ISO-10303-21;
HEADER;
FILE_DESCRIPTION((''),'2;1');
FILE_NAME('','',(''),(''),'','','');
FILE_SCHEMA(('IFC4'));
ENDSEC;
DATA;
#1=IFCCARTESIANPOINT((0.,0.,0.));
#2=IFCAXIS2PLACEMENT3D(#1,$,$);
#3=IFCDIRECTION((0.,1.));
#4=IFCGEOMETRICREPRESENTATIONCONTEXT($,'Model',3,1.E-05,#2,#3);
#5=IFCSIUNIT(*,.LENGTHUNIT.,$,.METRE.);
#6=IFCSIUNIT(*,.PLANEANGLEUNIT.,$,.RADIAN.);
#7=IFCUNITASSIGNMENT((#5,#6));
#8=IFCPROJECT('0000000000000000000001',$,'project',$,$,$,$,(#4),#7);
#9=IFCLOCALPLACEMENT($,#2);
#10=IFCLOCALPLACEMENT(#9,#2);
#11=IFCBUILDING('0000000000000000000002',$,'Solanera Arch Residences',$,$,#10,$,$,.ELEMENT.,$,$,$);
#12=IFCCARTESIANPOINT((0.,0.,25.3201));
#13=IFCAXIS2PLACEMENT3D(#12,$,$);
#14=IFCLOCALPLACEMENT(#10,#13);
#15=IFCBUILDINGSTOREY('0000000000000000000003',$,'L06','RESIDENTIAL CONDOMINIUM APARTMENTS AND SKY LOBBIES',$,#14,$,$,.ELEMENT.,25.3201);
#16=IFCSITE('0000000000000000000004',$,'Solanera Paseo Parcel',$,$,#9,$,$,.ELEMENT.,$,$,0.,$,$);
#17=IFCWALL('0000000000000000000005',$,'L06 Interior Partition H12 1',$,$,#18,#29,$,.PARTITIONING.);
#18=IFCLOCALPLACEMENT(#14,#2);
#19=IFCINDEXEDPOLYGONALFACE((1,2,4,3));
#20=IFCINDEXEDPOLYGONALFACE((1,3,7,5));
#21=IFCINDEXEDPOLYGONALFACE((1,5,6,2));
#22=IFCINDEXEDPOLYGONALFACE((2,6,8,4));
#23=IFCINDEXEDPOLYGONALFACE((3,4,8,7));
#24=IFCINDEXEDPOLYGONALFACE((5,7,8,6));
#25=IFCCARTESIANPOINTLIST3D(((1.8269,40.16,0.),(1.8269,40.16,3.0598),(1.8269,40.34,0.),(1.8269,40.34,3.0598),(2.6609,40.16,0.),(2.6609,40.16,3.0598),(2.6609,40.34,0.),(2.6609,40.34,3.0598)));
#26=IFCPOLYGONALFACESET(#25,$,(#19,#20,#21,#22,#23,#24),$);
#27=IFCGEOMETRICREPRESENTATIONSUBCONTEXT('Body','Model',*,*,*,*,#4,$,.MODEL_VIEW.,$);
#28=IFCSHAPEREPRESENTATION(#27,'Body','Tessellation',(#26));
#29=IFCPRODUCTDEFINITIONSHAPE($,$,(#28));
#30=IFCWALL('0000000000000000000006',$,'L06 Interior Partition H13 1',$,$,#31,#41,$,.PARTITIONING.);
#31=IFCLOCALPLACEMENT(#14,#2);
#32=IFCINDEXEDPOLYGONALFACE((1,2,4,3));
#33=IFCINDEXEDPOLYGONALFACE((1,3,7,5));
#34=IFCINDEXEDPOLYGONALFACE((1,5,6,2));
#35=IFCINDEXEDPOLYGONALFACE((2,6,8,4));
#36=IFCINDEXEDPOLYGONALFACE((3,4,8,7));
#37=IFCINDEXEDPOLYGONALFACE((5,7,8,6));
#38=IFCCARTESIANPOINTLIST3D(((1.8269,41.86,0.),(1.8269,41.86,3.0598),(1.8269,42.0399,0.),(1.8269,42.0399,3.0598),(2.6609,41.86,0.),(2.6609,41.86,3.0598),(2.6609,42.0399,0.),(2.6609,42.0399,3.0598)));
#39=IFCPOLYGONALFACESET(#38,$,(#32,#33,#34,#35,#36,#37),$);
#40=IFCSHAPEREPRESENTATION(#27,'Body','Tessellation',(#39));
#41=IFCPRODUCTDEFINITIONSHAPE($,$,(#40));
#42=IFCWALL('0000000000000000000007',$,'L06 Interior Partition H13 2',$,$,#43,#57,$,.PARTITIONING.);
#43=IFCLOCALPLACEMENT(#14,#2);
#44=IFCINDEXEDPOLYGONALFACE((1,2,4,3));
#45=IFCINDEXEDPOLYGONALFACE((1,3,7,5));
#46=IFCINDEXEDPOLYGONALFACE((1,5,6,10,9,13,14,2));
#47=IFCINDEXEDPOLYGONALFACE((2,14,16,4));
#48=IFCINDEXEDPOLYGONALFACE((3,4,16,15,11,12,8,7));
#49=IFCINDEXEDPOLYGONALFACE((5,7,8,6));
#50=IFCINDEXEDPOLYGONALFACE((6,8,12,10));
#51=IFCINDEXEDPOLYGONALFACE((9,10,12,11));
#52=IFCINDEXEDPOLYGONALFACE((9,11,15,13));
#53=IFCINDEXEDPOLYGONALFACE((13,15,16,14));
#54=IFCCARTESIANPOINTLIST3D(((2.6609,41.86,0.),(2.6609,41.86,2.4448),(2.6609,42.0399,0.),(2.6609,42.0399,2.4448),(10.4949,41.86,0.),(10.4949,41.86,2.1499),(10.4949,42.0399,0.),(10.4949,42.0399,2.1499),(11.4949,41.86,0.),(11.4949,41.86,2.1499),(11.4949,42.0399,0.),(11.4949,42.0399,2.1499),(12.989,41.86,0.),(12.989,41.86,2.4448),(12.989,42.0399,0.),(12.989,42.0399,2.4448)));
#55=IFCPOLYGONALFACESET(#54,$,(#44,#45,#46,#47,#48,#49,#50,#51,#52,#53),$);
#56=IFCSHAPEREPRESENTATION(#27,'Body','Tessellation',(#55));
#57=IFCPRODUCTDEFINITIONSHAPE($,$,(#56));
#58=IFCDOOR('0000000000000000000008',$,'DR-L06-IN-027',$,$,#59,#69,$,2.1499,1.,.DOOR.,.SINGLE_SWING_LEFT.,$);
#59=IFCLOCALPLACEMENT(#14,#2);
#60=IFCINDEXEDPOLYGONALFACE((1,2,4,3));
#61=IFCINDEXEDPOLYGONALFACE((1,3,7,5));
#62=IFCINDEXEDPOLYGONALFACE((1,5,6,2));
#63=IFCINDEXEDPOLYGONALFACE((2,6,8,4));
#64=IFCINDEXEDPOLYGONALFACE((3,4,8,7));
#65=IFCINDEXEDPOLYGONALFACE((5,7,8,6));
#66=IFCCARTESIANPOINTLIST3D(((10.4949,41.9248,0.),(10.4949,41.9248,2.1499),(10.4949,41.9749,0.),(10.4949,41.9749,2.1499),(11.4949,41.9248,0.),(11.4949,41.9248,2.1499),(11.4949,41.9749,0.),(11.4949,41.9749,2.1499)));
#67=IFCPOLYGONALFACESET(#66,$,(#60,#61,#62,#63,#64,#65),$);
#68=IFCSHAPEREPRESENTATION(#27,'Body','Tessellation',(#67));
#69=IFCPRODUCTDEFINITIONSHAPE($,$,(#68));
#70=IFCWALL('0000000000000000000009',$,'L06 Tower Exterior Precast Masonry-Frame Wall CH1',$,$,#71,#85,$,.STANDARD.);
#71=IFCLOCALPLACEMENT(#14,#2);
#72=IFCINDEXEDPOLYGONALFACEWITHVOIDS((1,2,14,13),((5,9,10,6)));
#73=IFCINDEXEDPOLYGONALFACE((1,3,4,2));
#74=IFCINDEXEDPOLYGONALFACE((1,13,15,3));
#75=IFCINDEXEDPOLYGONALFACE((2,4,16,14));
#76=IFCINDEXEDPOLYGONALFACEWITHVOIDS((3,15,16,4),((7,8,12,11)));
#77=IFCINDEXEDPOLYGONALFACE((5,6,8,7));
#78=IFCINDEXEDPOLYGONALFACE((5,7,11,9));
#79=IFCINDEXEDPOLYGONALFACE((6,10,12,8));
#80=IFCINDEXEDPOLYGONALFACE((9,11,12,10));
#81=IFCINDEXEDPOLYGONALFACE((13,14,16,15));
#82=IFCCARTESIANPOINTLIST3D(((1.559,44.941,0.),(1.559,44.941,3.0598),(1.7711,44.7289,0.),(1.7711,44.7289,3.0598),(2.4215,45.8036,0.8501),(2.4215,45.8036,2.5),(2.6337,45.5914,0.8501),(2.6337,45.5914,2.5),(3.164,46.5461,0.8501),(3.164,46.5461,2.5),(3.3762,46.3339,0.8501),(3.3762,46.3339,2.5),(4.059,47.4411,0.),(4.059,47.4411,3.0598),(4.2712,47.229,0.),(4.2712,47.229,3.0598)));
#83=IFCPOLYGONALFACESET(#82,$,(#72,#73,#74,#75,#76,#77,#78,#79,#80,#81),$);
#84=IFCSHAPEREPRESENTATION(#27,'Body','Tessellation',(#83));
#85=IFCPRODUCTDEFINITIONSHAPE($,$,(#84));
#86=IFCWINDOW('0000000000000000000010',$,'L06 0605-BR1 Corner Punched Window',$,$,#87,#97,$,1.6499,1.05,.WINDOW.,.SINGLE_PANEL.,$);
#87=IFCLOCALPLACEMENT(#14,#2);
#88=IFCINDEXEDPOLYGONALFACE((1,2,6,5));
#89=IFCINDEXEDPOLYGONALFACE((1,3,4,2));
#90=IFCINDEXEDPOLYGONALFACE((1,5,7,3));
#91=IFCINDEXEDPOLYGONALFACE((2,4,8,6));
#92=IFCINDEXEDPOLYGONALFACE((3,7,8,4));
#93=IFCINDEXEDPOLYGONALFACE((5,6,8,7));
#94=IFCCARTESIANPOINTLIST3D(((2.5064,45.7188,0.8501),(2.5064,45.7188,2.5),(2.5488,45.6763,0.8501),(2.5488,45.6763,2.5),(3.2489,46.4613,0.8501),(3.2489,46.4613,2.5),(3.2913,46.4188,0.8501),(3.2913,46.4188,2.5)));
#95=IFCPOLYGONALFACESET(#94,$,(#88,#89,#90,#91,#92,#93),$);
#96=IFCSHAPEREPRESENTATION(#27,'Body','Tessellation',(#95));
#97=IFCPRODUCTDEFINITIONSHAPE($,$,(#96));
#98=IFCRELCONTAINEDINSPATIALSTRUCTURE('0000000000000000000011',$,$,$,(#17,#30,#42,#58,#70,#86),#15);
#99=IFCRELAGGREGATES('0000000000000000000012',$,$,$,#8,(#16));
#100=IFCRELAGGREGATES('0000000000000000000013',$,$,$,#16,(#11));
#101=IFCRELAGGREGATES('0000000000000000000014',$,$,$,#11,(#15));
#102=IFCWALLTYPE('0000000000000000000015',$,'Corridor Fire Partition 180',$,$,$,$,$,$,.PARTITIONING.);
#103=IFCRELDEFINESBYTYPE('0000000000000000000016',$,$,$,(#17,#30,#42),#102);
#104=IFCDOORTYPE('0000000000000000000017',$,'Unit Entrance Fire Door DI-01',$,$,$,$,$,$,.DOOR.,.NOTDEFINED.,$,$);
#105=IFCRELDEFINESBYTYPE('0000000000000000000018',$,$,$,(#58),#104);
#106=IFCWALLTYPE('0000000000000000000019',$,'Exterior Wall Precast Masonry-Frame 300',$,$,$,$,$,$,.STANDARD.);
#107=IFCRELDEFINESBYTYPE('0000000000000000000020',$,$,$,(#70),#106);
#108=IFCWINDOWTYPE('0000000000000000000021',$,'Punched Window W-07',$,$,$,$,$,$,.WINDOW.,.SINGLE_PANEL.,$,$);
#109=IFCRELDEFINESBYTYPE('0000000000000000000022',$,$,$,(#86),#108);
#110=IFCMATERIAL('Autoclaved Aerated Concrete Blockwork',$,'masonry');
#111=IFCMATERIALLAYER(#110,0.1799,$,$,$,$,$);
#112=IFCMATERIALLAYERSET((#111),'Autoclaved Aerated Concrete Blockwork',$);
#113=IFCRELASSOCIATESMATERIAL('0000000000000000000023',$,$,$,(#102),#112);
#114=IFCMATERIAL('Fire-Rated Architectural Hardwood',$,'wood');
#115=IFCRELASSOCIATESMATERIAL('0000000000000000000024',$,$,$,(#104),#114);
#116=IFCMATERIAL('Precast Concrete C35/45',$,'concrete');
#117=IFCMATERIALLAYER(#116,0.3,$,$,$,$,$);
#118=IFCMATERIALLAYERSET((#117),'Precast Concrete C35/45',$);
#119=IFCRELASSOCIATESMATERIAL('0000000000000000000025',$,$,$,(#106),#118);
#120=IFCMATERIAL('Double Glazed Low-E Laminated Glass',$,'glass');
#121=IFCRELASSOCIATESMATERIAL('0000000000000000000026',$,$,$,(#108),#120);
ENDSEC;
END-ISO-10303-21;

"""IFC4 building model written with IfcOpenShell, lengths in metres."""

from ifc_helpers import new_model, si_unit, direction, frame, frame_2d, origin, place, context, subcontext, project, spatial, rectangle, extrude, material, layer, layer_set, type_object, element, fill, save


model = new_model("IFC4")

# Units and contexts
model_context = context("Model", 3, precision=1e-05, world=origin(), true_north=direction((0.0, 1.0)))
body_context = subcontext(model_context, "Body", "Model", "MODEL_VIEW")
ifc_project = project(units=[si_unit("LENGTHUNIT", "METRE"), si_unit("PLANEANGLEUNIT", "RADIAN")], contexts=[model_context])

# Site, building, storey
site_placement = place(None, origin())
site = spatial("IfcSite", under=ifc_project, at=site_placement, Name="Solanera Paseo Parcel", CompositionType="ELEMENT", RefElevation=0.0)
building_placement = place(site_placement, origin())
building = spatial("IfcBuilding", under=site, at=building_placement, Name="Solanera Arch Residences", CompositionType="ELEMENT")
storey_placement = place(building_placement, frame((0.0, 0.0, 25.3201)))
storey = spatial("IfcBuildingStorey", under=building, at=storey_placement, Name="L06", Description="RESIDENTIAL CONDOMINIUM APARTMENTS AND SKY LOBBIES", CompositionType="ELEMENT", Elevation=25.3201)

# Wall
ifc_material_1 = material(Name="Autoclaved Aerated Concrete Blockwork", Category="masonry")
ifc_layer_1 = layer(ifc_material_1, 0.1799)
ifc_layer_set_1 = layer_set([ifc_layer_1], Name="Autoclaved Aerated Concrete Blockwork")
wall_type_1 = type_object("IfcWallType", Name="Corridor Fire Partition 180", PredefinedType="PARTITIONING", material=ifc_layer_set_1)
wall_1_placement = place(storey_placement, frame((1.8269, 40.25, 0.0), z_axis=(0.0, 0.0, 1.0), x_axis=(1.0, 0.0, 0.0)))
element("IfcWall", 1, at=wall_1_placement, inside=storey, type_object=wall_type_1, Name="L06 Interior Partition H12 1", PredefinedType="PARTITIONING", context=body_context, shape_type="SweptSolid", body=[
    extrude(rectangle(XDim=0.834, YDim=0.1799, at=frame_2d((0.417, 0.0))), origin(), (0.0, 0.0, 1.0), 3.0598),
])

# Wall
wall_2_placement = place(storey_placement, frame((1.8269, 41.95, 0.0), z_axis=(0.0, 0.0, 1.0), x_axis=(1.0, 0.0, 0.0)))
element("IfcWall", 2, at=wall_2_placement, inside=storey, type_object=wall_type_1, Name="L06 Interior Partition H13 1", PredefinedType="PARTITIONING", context=body_context, shape_type="SweptSolid", body=[
    extrude(rectangle(XDim=0.834, YDim=0.1799, at=frame_2d((0.417, 0.0))), origin(), (0.0, 0.0, 1.0), 3.0598),
])

# Wall, opening, door
wall_3_placement = place(storey_placement, frame((2.6609, 41.95, 0.0), z_axis=(0.0, 0.0, 1.0), x_axis=(1.0, 0.0, 0.0)))
wall_3 = element("IfcWall", 3, at=wall_3_placement, inside=storey, type_object=wall_type_1, Name="L06 Interior Partition H13 2", PredefinedType="PARTITIONING", context=body_context, shape_type="SweptSolid", body=[
    extrude(rectangle(XDim=10.3281, YDim=0.1799, at=frame_2d((5.1641, 0.0))), origin(), (0.0, 0.0, 1.0), 2.4448),
])
opening_1_placement = place(wall_3_placement, frame((7.834, 0.0, 0.0)))
opening_1 = element("IfcOpeningElement", 4, at=opening_1_placement, cuts=wall_3, PredefinedType="OPENING", context=body_context, shape_type="SweptSolid", body=[
    extrude(rectangle(XDim=1.0, YDim=2.1499, at=frame_2d((0.5, 1.075))), frame((0.0, 0.1001, 0.0), z_axis=(0.0, -1.0, 0.0), x_axis=(1.0, 0.0, 0.0)), (0.0, 0.0, 1.0), 0.1999),
])
ifc_material_2 = material(Name="Fire-Rated Architectural Hardwood", Category="wood")
door_type_1 = type_object("IfcDoorType", Name="Unit Entrance Fire Door DI-01", OperationType="NOTDEFINED", PredefinedType="DOOR", material=ifc_material_2)
door_1_placement = place(opening_1_placement, origin())
door_1 = element("IfcDoor", 5, at=door_1_placement, inside=storey, type_object=door_type_1, Name="DR-L06-IN-027", OperationType="SINGLE_SWING_LEFT", OverallHeight=2.1499, OverallWidth=1.0, PredefinedType="DOOR", context=body_context, shape_type="SweptSolid", body=[
    extrude(rectangle(XDim=1.0, YDim=2.1499, at=frame_2d((0.5, 1.075))), frame((0.0, 0.0249, 0.0), z_axis=(0.0, -1.0, 0.0), x_axis=(1.0, 0.0, 0.0)), (0.0, 0.0, 1.0), 0.05),
])
fill(opening_1, door_1)

# Wall, opening, window
ifc_material_3 = material(Name="Precast Concrete C35/45", Category="concrete")
ifc_layer_2 = layer(ifc_material_3, 0.3)
ifc_layer_set_2 = layer_set([ifc_layer_2], Name="Precast Concrete C35/45")
wall_type_2 = type_object("IfcWallType", Name="Exterior Wall Precast Masonry-Frame 300", PredefinedType="STANDARD", material=ifc_layer_set_2)
wall_4_placement = place(storey_placement, frame((1.665, 44.835, 0.0), z_axis=(0.0, 0.0, 1.0), x_axis=(0.707107, 0.707107, 0.0)))
wall_4 = element("IfcWall", 6, at=wall_4_placement, inside=storey, type_object=wall_type_2, Name="L06 Tower Exterior Precast Masonry-Frame Wall CH1", PredefinedType="STANDARD", context=body_context, shape_type="SweptSolid", body=[
    extrude(rectangle(XDim=3.5356, YDim=0.3, at=frame_2d((1.7678, 0.0))), origin(), (0.0, 0.0, 1.0), 3.0598),
])
opening_2_placement = place(wall_4_placement, frame((1.22, 0.0, 0.8501)))
opening_2 = element("IfcOpeningElement", 7, at=opening_2_placement, cuts=wall_4, PredefinedType="OPENING", context=body_context, shape_type="SweptSolid", body=[
    extrude(rectangle(XDim=1.05, YDim=1.6499, at=frame_2d((0.5249, 0.825))), frame((0.0, 0.1599, 0.0), z_axis=(0.0, -1.0, 0.0), x_axis=(1.0, 0.0, 0.0)), (0.0, 0.0, 1.0), 0.32),
])
ifc_material_4 = material(Name="Double Glazed Low-E Laminated Glass", Category="glass")
window_type_1 = type_object("IfcWindowType", Name="Punched Window W-07", PartitioningType="SINGLE_PANEL", PredefinedType="WINDOW", material=ifc_material_4)
window_1_placement = place(opening_2_placement, origin())
window_1 = element("IfcWindow", 8, at=window_1_placement, inside=storey, type_object=window_type_1, Name="L06 0605-BR1 Corner Punched Window", OverallHeight=1.6499, OverallWidth=1.05, PartitioningType="SINGLE_PANEL", PredefinedType="WINDOW", context=body_context, shape_type="SweptSolid", body=[
    extrude(rectangle(XDim=1.05, YDim=1.6499, at=frame_2d((0.5249, 0.825))), frame((0.0, 0.03, 0.0), z_axis=(0.0, -1.0, 0.0), x_axis=(1.0, 0.0, 0.0)), (0.0, 0.0, 1.0), 0.0601),
])
fill(opening_2, window_1)

save(model, "model.ifc")
